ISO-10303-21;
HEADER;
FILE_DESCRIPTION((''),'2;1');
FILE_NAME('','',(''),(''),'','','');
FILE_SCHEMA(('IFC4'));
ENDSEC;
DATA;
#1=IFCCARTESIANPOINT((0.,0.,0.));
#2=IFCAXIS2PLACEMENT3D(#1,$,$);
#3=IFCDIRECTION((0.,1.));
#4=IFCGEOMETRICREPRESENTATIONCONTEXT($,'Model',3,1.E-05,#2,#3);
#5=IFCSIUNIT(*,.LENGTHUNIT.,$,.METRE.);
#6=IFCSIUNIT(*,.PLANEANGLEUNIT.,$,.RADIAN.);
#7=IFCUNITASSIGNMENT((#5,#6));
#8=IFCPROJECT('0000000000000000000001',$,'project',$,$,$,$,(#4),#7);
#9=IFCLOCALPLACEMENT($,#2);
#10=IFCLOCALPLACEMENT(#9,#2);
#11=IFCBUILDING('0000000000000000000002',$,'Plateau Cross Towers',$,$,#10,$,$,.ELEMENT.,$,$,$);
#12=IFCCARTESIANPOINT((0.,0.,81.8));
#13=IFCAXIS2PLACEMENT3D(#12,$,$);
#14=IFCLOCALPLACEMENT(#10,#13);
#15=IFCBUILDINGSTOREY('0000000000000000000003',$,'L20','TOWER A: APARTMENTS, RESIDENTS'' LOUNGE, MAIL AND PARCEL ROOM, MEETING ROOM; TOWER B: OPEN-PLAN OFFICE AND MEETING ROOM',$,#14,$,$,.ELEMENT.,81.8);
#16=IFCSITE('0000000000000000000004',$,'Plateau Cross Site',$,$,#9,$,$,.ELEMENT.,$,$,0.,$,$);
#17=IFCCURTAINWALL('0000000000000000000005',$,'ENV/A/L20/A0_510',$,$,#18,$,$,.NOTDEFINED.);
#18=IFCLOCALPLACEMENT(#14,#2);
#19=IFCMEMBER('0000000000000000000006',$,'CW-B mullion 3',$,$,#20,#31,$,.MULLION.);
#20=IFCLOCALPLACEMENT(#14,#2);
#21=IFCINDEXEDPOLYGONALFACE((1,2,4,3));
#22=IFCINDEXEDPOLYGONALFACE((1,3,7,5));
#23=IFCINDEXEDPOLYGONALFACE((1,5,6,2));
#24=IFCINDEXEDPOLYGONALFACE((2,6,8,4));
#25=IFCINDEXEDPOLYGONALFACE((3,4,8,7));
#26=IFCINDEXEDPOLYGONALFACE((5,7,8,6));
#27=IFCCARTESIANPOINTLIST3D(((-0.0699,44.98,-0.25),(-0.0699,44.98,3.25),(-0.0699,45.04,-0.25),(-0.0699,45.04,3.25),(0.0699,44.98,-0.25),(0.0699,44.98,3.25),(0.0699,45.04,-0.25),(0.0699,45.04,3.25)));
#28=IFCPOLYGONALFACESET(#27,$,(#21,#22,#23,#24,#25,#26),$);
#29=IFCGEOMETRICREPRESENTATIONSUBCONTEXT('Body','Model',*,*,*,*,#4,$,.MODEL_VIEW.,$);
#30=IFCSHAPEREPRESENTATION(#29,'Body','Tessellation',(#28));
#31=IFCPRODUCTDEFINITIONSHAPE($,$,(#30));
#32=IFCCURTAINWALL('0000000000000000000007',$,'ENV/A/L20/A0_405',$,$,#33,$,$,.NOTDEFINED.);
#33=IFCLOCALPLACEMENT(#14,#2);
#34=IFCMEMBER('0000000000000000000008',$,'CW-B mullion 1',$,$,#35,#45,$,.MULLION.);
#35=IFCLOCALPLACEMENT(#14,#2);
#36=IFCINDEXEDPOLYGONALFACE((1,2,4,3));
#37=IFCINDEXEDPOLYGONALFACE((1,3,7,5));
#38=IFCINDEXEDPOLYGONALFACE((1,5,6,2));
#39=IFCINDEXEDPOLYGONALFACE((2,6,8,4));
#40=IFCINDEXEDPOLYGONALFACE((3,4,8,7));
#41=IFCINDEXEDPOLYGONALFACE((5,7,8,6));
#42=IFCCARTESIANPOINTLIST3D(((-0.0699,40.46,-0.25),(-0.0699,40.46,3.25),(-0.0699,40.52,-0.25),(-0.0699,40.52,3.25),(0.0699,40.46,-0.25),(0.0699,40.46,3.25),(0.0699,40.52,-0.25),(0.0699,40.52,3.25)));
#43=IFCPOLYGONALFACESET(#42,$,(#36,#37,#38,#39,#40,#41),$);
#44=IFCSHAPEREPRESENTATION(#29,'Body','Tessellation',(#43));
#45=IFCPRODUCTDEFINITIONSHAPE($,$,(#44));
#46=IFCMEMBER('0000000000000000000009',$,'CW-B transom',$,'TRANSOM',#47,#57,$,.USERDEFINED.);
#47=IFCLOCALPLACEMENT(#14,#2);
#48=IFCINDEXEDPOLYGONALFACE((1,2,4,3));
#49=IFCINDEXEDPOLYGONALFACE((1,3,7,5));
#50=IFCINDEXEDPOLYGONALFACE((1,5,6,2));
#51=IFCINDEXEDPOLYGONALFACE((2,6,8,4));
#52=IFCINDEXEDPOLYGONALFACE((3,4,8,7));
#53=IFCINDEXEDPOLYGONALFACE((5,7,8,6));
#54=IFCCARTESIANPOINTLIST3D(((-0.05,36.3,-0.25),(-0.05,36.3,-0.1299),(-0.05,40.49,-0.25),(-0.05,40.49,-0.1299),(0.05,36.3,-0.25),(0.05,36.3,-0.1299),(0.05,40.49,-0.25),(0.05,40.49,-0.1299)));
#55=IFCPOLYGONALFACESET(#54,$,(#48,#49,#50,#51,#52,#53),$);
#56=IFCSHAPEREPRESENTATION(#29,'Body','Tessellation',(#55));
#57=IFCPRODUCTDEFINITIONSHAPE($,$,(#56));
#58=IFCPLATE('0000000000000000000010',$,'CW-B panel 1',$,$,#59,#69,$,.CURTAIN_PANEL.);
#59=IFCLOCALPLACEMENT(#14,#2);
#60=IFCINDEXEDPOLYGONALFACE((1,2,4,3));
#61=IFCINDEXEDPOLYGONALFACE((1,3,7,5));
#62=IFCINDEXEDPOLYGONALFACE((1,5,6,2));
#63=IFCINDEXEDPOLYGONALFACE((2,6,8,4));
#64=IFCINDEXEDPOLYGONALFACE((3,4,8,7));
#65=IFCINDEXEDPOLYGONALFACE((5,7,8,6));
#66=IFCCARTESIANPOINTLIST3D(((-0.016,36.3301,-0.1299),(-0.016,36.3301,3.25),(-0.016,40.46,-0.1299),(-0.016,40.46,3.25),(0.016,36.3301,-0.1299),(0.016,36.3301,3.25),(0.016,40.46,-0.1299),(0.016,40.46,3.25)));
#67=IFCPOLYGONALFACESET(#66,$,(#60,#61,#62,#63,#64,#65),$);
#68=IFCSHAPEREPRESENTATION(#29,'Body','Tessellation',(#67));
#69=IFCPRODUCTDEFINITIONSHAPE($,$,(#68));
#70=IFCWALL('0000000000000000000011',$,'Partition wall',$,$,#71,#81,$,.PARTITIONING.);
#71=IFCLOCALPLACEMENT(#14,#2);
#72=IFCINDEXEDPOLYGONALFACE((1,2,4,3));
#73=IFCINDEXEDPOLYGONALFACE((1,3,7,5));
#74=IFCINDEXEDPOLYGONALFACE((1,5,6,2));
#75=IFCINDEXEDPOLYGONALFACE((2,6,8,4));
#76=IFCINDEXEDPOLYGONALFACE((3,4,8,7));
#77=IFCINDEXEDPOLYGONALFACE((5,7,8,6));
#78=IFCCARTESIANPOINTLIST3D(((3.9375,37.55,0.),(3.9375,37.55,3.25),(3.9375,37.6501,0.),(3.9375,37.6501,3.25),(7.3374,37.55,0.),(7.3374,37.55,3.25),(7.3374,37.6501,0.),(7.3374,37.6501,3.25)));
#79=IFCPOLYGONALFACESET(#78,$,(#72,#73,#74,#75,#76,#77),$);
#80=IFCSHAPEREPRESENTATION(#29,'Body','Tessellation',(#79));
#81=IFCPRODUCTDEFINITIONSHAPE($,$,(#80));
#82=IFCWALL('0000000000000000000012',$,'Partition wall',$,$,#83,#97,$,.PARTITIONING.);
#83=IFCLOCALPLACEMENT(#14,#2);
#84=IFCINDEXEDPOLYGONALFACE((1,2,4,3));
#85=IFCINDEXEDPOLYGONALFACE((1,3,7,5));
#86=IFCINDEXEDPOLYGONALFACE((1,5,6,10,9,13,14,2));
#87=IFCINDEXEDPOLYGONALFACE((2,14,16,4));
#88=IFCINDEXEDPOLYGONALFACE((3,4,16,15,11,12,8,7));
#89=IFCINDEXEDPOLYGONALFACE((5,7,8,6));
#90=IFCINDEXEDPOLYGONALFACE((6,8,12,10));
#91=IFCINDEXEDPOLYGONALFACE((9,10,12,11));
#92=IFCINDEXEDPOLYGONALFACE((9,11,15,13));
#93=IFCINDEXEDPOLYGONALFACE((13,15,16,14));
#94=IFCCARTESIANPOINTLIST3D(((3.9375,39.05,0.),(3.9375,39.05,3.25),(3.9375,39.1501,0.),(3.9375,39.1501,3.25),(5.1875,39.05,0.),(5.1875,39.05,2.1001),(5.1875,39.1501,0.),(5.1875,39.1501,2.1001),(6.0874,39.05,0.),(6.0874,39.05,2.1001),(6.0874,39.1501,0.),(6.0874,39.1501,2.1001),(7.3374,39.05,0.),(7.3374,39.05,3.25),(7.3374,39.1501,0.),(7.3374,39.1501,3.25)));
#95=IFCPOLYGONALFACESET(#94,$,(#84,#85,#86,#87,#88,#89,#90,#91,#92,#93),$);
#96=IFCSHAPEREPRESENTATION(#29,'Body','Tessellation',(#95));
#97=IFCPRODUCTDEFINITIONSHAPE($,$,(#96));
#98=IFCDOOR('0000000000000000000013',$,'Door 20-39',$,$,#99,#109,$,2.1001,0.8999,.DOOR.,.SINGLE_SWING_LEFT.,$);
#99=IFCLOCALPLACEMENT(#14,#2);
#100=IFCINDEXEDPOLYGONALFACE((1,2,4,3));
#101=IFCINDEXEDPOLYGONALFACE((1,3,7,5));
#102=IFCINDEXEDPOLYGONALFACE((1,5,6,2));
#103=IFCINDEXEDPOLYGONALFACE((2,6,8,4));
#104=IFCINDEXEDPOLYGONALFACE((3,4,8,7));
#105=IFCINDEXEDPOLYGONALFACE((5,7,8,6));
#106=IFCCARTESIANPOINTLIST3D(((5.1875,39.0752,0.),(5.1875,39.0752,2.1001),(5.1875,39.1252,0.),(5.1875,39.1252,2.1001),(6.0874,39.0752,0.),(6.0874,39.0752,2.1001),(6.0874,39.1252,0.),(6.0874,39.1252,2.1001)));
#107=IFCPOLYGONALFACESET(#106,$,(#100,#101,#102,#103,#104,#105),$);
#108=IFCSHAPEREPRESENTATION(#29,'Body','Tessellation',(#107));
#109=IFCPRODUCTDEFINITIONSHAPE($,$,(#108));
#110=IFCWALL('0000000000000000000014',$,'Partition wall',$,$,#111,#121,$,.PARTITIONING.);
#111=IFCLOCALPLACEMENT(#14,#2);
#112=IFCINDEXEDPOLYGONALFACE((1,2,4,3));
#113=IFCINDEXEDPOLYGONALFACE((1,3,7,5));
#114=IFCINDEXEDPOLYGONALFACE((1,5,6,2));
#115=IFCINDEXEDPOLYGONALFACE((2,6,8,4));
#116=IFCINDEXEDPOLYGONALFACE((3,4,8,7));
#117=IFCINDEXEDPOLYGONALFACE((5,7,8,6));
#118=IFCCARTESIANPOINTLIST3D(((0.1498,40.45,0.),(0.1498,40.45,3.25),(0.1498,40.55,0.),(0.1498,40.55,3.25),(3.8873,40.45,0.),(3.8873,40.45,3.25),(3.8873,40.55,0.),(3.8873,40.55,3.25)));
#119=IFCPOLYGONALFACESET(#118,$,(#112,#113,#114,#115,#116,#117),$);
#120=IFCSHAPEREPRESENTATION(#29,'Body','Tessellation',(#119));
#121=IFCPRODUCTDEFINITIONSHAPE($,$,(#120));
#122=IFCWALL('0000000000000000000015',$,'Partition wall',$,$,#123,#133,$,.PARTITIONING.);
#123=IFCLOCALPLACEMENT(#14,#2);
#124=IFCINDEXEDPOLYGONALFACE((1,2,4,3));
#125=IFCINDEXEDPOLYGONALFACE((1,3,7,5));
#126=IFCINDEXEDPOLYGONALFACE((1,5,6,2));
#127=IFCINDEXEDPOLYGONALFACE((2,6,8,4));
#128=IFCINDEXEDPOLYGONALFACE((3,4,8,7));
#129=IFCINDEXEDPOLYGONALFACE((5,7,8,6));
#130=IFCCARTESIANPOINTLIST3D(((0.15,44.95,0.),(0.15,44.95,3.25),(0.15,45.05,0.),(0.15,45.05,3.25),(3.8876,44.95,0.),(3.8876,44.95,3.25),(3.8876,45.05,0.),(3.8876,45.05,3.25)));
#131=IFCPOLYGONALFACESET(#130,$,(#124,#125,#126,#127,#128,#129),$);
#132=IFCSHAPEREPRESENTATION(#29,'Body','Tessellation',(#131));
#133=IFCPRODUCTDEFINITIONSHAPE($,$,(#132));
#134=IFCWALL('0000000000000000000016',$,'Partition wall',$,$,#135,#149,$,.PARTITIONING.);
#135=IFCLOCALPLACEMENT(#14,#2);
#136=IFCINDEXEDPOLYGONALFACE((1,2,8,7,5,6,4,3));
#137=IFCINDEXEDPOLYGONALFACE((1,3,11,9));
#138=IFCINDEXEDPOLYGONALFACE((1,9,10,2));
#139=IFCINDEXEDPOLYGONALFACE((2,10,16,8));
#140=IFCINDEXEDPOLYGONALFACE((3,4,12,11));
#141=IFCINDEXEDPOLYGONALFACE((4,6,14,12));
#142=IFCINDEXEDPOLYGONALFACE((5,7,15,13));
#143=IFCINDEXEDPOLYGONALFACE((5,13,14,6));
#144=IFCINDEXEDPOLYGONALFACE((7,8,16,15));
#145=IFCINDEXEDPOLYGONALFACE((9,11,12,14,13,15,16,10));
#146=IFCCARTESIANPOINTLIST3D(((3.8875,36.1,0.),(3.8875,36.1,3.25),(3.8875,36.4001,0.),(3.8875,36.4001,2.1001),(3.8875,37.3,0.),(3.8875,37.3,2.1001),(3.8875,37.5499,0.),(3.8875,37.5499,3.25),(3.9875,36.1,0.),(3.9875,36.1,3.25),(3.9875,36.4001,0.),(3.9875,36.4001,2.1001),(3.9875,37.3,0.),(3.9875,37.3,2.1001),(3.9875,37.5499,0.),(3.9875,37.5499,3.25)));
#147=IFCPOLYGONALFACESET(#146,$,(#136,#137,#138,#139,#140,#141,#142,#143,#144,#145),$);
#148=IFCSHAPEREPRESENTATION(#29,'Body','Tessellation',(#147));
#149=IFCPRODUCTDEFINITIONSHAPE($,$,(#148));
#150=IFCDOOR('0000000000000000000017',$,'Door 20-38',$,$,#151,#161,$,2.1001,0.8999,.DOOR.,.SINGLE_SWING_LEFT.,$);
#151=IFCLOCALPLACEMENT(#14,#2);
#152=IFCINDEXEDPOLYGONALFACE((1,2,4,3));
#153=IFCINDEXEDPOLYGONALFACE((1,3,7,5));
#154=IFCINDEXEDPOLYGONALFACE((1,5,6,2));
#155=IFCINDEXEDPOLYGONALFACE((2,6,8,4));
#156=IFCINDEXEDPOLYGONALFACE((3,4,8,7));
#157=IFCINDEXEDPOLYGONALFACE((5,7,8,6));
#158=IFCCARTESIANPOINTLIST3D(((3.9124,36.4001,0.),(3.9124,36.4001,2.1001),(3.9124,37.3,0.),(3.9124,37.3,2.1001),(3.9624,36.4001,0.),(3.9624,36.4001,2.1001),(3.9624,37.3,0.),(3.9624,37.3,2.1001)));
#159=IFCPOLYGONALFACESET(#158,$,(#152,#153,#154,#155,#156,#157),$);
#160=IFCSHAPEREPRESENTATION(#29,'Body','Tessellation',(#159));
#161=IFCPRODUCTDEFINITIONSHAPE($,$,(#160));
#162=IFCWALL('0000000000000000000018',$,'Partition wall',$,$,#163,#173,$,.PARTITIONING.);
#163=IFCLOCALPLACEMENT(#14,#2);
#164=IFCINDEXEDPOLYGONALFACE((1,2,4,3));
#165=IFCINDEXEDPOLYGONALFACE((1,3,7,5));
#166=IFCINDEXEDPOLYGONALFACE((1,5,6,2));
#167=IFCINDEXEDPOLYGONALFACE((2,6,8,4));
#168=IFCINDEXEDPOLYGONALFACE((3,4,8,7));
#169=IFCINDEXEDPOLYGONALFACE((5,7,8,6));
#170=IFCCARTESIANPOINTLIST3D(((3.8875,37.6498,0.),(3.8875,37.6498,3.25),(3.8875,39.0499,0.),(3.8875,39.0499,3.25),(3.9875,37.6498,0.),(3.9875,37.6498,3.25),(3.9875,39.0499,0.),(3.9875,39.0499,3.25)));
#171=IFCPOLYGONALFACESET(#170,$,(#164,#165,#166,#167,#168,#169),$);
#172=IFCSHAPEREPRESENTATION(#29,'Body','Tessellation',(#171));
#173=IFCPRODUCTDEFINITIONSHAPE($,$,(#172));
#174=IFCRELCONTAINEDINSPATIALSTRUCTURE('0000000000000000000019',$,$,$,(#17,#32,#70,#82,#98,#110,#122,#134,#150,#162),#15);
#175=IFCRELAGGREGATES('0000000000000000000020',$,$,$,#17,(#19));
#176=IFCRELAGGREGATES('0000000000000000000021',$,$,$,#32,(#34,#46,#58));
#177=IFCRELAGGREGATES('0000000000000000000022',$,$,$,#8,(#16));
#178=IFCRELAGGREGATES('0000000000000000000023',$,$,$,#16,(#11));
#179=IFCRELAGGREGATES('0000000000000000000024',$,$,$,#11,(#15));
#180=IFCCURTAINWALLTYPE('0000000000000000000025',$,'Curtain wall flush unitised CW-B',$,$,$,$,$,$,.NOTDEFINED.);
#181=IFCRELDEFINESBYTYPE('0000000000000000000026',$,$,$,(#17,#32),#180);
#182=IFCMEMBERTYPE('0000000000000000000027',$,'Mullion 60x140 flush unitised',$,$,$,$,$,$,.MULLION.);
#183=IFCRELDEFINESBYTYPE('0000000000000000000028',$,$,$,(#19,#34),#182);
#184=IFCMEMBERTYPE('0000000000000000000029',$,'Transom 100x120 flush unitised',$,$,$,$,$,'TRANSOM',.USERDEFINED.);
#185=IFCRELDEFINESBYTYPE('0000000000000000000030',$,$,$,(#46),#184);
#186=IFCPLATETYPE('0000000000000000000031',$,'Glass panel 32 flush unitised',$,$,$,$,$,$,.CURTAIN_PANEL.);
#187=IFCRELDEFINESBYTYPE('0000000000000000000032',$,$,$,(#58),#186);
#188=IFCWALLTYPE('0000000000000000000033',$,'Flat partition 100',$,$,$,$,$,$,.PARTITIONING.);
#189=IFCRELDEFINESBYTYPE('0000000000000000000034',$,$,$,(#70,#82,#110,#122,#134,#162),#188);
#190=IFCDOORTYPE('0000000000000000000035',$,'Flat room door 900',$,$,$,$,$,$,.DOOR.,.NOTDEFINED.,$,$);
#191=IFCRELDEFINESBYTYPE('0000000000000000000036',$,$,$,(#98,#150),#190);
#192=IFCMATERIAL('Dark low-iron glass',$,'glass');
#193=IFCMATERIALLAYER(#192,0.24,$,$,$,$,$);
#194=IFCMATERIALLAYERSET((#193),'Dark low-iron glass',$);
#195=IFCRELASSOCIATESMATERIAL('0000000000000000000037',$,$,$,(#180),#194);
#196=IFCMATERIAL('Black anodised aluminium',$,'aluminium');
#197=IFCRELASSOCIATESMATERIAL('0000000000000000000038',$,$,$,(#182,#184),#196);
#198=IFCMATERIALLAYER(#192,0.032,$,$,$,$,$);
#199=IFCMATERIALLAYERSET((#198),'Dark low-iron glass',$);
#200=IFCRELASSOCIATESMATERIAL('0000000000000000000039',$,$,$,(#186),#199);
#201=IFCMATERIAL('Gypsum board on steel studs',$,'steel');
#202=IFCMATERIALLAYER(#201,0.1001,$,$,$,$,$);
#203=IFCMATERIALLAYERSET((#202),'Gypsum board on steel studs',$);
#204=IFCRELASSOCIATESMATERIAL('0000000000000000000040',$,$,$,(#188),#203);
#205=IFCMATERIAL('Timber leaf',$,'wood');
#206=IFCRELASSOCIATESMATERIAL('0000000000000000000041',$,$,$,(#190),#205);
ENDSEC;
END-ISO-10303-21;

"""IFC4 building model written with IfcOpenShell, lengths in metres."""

from ifc_helpers import new_model, si_unit, direction, frame, frame_2d, origin, origin_2d, place, context, subcontext, project, spatial, rectangle, extrude, material, layer, layer_set, material_profile, profile_set, type_object, element, fill, aggregate, save


model = new_model("IFC4")

# Units and contexts
model_context = context("Model", 3, precision=1e-05, world=origin(), true_north=direction((0.0, 1.0)))
body_context = subcontext(model_context, "Body", "Model", "MODEL_VIEW")
ifc_project = project(units=[si_unit("LENGTHUNIT", "METRE"), si_unit("PLANEANGLEUNIT", "RADIAN")], contexts=[model_context])

# Site, building, storey
site_placement = place(None, origin())
site = spatial("IfcSite", under=ifc_project, at=site_placement, Name="Plateau Cross Site", CompositionType="ELEMENT", RefElevation=0.0)
building_placement = place(site_placement, origin())
building = spatial("IfcBuilding", under=site, at=building_placement, Name="Plateau Cross Towers", CompositionType="ELEMENT")
storey_placement = place(building_placement, frame((0.0, 0.0, 81.8)))
storey = spatial("IfcBuildingStorey", under=building, at=storey_placement, Name="L20", Description="TOWER A: APARTMENTS, RESIDENTS' LOUNGE, MAIL AND PARCEL ROOM, MEETING ROOM; TOWER B: OPEN-PLAN OFFICE AND MEETING ROOM", CompositionType="ELEMENT", Elevation=81.8)

# Curtain wall, member
ifc_material_1 = material(Name="Dark low-iron glass", Category="glass")
ifc_layer_1 = layer(ifc_material_1, 0.24)
ifc_layer_set_1 = layer_set([ifc_layer_1], Name="Dark low-iron glass")
curtain_wall_type = type_object("IfcCurtainWallType", Name="Curtain wall flush unitised CW-B", PredefinedType="NOTDEFINED", material=ifc_layer_set_1)
curtain_wall_1_placement = place(storey_placement, origin())
curtain_wall_1 = element("IfcCurtainWall", 1, at=curtain_wall_1_placement, inside=storey, type_object=curtain_wall_type, Name="ENV/A/L20/A0_510", PredefinedType="NOTDEFINED")
ifc_material_2 = material(Name="Black anodised aluminium", Category="aluminium")
ifc_material_profile_1 = material_profile(ifc_material_2, rectangle(XDim=0.0601, YDim=0.1399, at=origin_2d()), Name="MULLION 60x140")
ifc_profile_set_1 = profile_set([ifc_material_profile_1], Name="Black anodised aluminium")
member_type_1 = type_object("IfcMemberType", Name="Mullion 60x140 flush unitised", PredefinedType="MULLION", material=ifc_profile_set_1)
member_1_placement = place(storey_placement, frame((0.0, 45.01, -0.25), z_axis=(0.0, 0.0, 1.0), x_axis=(0.0, -1.0, 0.0)))
member_1 = element("IfcMember", 2, at=member_1_placement, type_object=member_type_1, Name="CW-B mullion 3", PredefinedType="MULLION", context=body_context, shape_type="SweptSolid", body=[
    extrude(rectangle(XDim=0.0601, YDim=0.1399, at=origin_2d()), origin(), (0.0, 0.0, 1.0), 3.5),
])
aggregate(curtain_wall_1, [member_1])

# Curtain wall, members, plate
curtain_wall_2_placement = place(storey_placement, origin())
curtain_wall_2 = element("IfcCurtainWall", 3, at=curtain_wall_2_placement, inside=storey, type_object=curtain_wall_type, Name="ENV/A/L20/A0_405", PredefinedType="NOTDEFINED")
member_2_placement = place(storey_placement, frame((0.0, 40.49, -0.25), z_axis=(0.0, 0.0, 1.0), x_axis=(0.0, -1.0, 0.0)))
member_2 = element("IfcMember", 4, at=member_2_placement, type_object=member_type_1, Name="CW-B mullion 1", PredefinedType="MULLION", context=body_context, shape_type="SweptSolid", body=[
    extrude(rectangle(XDim=0.0601, YDim=0.1399, at=origin_2d()), origin(), (0.0, 0.0, 1.0), 3.5),
])
ifc_material_profile_2 = material_profile(ifc_material_2, rectangle(XDim=0.1001, YDim=0.1201, at=origin_2d()), Name="TRANSOM 100x120")
ifc_profile_set_2 = profile_set([ifc_material_profile_2], Name="Black anodised aluminium")
member_type_2 = type_object("IfcMemberType", Name="Transom 100x120 flush unitised", ElementType="TRANSOM", PredefinedType="USERDEFINED", material=ifc_profile_set_2)
member_3_placement = place(storey_placement, frame((0.0, 40.49, -0.1899), z_axis=(0.0, -1.0, 0.0), x_axis=(1.0, 0.0, 0.0)))
member_3 = element("IfcMember", 5, at=member_3_placement, type_object=member_type_2, Name="CW-B transom", ObjectType="TRANSOM", PredefinedType="USERDEFINED", context=body_context, shape_type="SweptSolid", body=[
    extrude(rectangle(XDim=0.1001, YDim=0.1201, at=origin_2d()), origin(), (0.0, 0.0, 1.0), 4.1899),
])
ifc_layer_2 = layer(ifc_material_1, 0.032)
ifc_layer_set_2 = layer_set([ifc_layer_2], Name="Dark low-iron glass")
plate_type = type_object("IfcPlateType", Name="Glass panel 32 flush unitised", PredefinedType="CURTAIN_PANEL", material=ifc_layer_set_2)
plate_placement = place(storey_placement, frame((0.0, 38.395, -0.1299), z_axis=(0.0, 0.0, 1.0), x_axis=(0.0, -1.0, 0.0)))
plate = element("IfcPlate", 6, at=plate_placement, type_object=plate_type, Name="CW-B panel 1", PredefinedType="CURTAIN_PANEL", context=body_context, shape_type="SweptSolid", body=[
    extrude(rectangle(XDim=4.1299, YDim=0.032, at=origin_2d()), origin(), (0.0, 0.0, 1.0), 3.3799),
])
aggregate(curtain_wall_2, [member_2, member_3, plate])

# Wall
ifc_material_3 = material(Name="Gypsum board on steel studs", Category="steel")
ifc_layer_3 = layer(ifc_material_3, 0.1001)
ifc_layer_set_3 = layer_set([ifc_layer_3], Name="Gypsum board on steel studs")
wall_type_1 = type_object("IfcWallType", Name="Flat partition 100", PredefinedType="PARTITIONING", material=ifc_layer_set_3)
wall_1_placement = place(storey_placement, frame((7.3374, 37.6001, 0.0), z_axis=(0.0, 0.0, 1.0), x_axis=(-1.0, 0.0, 0.0)))
element("IfcWall", 7, at=wall_1_placement, inside=storey, type_object=wall_type_1, Name="Partition wall", PredefinedType="PARTITIONING", context=body_context, shape_type="SweptSolid", body=[
    extrude(rectangle(XDim=3.3999, YDim=0.1001, at=frame_2d((1.7, 0.0))), origin(), (0.0, 0.0, 1.0), 3.25),
])

# Wall, opening, door
wall_2_placement = place(storey_placement, frame((7.3374, 39.1001, 0.0), z_axis=(0.0, 0.0, 1.0), x_axis=(-1.0, 0.0, 0.0)))
wall_2 = element("IfcWall", 8, at=wall_2_placement, inside=storey, type_object=wall_type_1, Name="Partition wall", PredefinedType="PARTITIONING", context=body_context, shape_type="SweptSolid", body=[
    extrude(rectangle(XDim=3.3999, YDim=0.1001, at=frame_2d((1.7, 0.0))), origin(), (0.0, 0.0, 1.0), 3.25),
])
opening_1_placement = place(wall_2_placement, frame((1.25, 0.0, 0.0)))
opening_1 = element("IfcOpeningElement", 9, at=opening_1_placement, cuts=wall_2, PredefinedType="OPENING", context=body_context, shape_type="SweptSolid", body=[
    extrude(rectangle(XDim=0.8999, YDim=2.1001, at=frame_2d((0.45, 1.05))), frame((0.0, 0.0601, 0.0), z_axis=(0.0, -1.0, 0.0), x_axis=(1.0, 0.0, 0.0)), (0.0, 0.0, 1.0), 0.1201),
])
ifc_material_4 = material(Name="Timber leaf", Category="wood")
door_type_1 = type_object("IfcDoorType", Name="Flat room door 900", OperationType="NOTDEFINED", PredefinedType="DOOR", material=ifc_material_4)
door_1_placement = place(opening_1_placement, origin())
door_1 = element("IfcDoor", 10, at=door_1_placement, inside=storey, type_object=door_type_1, Name="Door 20-39", OperationType="SINGLE_SWING_LEFT", OverallHeight=2.1001, OverallWidth=0.8999, PredefinedType="DOOR", context=body_context, shape_type="SweptSolid", body=[
    extrude(rectangle(XDim=0.8999, YDim=2.1001, at=frame_2d((0.45, 1.05))), frame((0.0, 0.0249, 0.0), z_axis=(0.0, -1.0, 0.0), x_axis=(1.0, 0.0, 0.0)), (0.0, 0.0, 1.0), 0.05),
])
fill(opening_1, door_1)

# Walls
for number, where, z_axis, x_axis, name in (
    (11, (0.1499, 40.5, 0.0), (0.0, 0.0, 1.0), (1.0, 0.0, 0.0), "Partition wall"),
    (12, (3.8875, 45.0, 0.0), (0.0, 0.0, 1.0), (-1.0, 0.0, 0.0), "Partition wall"),
):
    element("IfcWall", number, at=place(storey_placement, frame(where, z_axis=z_axis, x_axis=x_axis)), inside=storey, type_object=wall_type_1, Name=name, PredefinedType="PARTITIONING", context=body_context, shape_type="SweptSolid", body=[
        extrude(rectangle(XDim=3.7375, YDim=0.1001, at=frame_2d((1.8687, 0.0))), origin(), (0.0, 0.0, 1.0), 3.25),
    ])

# Wall, opening, door
wall_3_placement = place(storey_placement, frame((3.9375, 37.55, 0.0), z_axis=(0.0, 0.0, 1.0), x_axis=(0.0, -1.0, 0.0)))
wall_3 = element("IfcWall", 13, at=wall_3_placement, inside=storey, type_object=wall_type_1, Name="Partition wall", PredefinedType="PARTITIONING", context=body_context, shape_type="SweptSolid", body=[
    extrude(rectangle(XDim=1.45, YDim=0.1001, at=frame_2d((0.7251, 0.0))), origin(), (0.0, 0.0, 1.0), 3.25),
])
opening_2_placement = place(wall_3_placement, frame((0.25, 0.0, 0.0)))
opening_2 = element("IfcOpeningElement", 14, at=opening_2_placement, cuts=wall_3, PredefinedType="OPENING", context=body_context, shape_type="SweptSolid", body=[
    extrude(rectangle(XDim=0.8999, YDim=2.1001, at=frame_2d((0.45, 1.05))), frame((0.0, 0.0601, 0.0), z_axis=(0.0, -1.0, 0.0), x_axis=(1.0, 0.0, 0.0)), (0.0, 0.0, 1.0), 0.1201),
])
door_2_placement = place(opening_2_placement, origin())
door_2 = element("IfcDoor", 15, at=door_2_placement, inside=storey, type_object=door_type_1, Name="Door 20-38", OperationType="SINGLE_SWING_LEFT", OverallHeight=2.1001, OverallWidth=0.8999, PredefinedType="DOOR", context=body_context, shape_type="SweptSolid", body=[
    extrude(rectangle(XDim=0.8999, YDim=2.1001, at=frame_2d((0.45, 1.05))), frame((0.0, 0.0249, 0.0), z_axis=(0.0, -1.0, 0.0), x_axis=(1.0, 0.0, 0.0)), (0.0, 0.0, 1.0), 0.05),
])
fill(opening_2, door_2)

# Wall
wall_4_placement = place(storey_placement, frame((3.9375, 39.05, 0.0), z_axis=(0.0, 0.0, 1.0), x_axis=(0.0, -1.0, 0.0)))
element("IfcWall", 16, at=wall_4_placement, inside=storey, type_object=wall_type_1, Name="Partition wall", PredefinedType="PARTITIONING", context=body_context, shape_type="SweptSolid", body=[
    extrude(rectangle(XDim=1.4001, YDim=0.1001, at=frame_2d((0.7002, 0.0))), origin(), (0.0, 0.0, 1.0), 3.25),
])

save(model, "model.ifc")
